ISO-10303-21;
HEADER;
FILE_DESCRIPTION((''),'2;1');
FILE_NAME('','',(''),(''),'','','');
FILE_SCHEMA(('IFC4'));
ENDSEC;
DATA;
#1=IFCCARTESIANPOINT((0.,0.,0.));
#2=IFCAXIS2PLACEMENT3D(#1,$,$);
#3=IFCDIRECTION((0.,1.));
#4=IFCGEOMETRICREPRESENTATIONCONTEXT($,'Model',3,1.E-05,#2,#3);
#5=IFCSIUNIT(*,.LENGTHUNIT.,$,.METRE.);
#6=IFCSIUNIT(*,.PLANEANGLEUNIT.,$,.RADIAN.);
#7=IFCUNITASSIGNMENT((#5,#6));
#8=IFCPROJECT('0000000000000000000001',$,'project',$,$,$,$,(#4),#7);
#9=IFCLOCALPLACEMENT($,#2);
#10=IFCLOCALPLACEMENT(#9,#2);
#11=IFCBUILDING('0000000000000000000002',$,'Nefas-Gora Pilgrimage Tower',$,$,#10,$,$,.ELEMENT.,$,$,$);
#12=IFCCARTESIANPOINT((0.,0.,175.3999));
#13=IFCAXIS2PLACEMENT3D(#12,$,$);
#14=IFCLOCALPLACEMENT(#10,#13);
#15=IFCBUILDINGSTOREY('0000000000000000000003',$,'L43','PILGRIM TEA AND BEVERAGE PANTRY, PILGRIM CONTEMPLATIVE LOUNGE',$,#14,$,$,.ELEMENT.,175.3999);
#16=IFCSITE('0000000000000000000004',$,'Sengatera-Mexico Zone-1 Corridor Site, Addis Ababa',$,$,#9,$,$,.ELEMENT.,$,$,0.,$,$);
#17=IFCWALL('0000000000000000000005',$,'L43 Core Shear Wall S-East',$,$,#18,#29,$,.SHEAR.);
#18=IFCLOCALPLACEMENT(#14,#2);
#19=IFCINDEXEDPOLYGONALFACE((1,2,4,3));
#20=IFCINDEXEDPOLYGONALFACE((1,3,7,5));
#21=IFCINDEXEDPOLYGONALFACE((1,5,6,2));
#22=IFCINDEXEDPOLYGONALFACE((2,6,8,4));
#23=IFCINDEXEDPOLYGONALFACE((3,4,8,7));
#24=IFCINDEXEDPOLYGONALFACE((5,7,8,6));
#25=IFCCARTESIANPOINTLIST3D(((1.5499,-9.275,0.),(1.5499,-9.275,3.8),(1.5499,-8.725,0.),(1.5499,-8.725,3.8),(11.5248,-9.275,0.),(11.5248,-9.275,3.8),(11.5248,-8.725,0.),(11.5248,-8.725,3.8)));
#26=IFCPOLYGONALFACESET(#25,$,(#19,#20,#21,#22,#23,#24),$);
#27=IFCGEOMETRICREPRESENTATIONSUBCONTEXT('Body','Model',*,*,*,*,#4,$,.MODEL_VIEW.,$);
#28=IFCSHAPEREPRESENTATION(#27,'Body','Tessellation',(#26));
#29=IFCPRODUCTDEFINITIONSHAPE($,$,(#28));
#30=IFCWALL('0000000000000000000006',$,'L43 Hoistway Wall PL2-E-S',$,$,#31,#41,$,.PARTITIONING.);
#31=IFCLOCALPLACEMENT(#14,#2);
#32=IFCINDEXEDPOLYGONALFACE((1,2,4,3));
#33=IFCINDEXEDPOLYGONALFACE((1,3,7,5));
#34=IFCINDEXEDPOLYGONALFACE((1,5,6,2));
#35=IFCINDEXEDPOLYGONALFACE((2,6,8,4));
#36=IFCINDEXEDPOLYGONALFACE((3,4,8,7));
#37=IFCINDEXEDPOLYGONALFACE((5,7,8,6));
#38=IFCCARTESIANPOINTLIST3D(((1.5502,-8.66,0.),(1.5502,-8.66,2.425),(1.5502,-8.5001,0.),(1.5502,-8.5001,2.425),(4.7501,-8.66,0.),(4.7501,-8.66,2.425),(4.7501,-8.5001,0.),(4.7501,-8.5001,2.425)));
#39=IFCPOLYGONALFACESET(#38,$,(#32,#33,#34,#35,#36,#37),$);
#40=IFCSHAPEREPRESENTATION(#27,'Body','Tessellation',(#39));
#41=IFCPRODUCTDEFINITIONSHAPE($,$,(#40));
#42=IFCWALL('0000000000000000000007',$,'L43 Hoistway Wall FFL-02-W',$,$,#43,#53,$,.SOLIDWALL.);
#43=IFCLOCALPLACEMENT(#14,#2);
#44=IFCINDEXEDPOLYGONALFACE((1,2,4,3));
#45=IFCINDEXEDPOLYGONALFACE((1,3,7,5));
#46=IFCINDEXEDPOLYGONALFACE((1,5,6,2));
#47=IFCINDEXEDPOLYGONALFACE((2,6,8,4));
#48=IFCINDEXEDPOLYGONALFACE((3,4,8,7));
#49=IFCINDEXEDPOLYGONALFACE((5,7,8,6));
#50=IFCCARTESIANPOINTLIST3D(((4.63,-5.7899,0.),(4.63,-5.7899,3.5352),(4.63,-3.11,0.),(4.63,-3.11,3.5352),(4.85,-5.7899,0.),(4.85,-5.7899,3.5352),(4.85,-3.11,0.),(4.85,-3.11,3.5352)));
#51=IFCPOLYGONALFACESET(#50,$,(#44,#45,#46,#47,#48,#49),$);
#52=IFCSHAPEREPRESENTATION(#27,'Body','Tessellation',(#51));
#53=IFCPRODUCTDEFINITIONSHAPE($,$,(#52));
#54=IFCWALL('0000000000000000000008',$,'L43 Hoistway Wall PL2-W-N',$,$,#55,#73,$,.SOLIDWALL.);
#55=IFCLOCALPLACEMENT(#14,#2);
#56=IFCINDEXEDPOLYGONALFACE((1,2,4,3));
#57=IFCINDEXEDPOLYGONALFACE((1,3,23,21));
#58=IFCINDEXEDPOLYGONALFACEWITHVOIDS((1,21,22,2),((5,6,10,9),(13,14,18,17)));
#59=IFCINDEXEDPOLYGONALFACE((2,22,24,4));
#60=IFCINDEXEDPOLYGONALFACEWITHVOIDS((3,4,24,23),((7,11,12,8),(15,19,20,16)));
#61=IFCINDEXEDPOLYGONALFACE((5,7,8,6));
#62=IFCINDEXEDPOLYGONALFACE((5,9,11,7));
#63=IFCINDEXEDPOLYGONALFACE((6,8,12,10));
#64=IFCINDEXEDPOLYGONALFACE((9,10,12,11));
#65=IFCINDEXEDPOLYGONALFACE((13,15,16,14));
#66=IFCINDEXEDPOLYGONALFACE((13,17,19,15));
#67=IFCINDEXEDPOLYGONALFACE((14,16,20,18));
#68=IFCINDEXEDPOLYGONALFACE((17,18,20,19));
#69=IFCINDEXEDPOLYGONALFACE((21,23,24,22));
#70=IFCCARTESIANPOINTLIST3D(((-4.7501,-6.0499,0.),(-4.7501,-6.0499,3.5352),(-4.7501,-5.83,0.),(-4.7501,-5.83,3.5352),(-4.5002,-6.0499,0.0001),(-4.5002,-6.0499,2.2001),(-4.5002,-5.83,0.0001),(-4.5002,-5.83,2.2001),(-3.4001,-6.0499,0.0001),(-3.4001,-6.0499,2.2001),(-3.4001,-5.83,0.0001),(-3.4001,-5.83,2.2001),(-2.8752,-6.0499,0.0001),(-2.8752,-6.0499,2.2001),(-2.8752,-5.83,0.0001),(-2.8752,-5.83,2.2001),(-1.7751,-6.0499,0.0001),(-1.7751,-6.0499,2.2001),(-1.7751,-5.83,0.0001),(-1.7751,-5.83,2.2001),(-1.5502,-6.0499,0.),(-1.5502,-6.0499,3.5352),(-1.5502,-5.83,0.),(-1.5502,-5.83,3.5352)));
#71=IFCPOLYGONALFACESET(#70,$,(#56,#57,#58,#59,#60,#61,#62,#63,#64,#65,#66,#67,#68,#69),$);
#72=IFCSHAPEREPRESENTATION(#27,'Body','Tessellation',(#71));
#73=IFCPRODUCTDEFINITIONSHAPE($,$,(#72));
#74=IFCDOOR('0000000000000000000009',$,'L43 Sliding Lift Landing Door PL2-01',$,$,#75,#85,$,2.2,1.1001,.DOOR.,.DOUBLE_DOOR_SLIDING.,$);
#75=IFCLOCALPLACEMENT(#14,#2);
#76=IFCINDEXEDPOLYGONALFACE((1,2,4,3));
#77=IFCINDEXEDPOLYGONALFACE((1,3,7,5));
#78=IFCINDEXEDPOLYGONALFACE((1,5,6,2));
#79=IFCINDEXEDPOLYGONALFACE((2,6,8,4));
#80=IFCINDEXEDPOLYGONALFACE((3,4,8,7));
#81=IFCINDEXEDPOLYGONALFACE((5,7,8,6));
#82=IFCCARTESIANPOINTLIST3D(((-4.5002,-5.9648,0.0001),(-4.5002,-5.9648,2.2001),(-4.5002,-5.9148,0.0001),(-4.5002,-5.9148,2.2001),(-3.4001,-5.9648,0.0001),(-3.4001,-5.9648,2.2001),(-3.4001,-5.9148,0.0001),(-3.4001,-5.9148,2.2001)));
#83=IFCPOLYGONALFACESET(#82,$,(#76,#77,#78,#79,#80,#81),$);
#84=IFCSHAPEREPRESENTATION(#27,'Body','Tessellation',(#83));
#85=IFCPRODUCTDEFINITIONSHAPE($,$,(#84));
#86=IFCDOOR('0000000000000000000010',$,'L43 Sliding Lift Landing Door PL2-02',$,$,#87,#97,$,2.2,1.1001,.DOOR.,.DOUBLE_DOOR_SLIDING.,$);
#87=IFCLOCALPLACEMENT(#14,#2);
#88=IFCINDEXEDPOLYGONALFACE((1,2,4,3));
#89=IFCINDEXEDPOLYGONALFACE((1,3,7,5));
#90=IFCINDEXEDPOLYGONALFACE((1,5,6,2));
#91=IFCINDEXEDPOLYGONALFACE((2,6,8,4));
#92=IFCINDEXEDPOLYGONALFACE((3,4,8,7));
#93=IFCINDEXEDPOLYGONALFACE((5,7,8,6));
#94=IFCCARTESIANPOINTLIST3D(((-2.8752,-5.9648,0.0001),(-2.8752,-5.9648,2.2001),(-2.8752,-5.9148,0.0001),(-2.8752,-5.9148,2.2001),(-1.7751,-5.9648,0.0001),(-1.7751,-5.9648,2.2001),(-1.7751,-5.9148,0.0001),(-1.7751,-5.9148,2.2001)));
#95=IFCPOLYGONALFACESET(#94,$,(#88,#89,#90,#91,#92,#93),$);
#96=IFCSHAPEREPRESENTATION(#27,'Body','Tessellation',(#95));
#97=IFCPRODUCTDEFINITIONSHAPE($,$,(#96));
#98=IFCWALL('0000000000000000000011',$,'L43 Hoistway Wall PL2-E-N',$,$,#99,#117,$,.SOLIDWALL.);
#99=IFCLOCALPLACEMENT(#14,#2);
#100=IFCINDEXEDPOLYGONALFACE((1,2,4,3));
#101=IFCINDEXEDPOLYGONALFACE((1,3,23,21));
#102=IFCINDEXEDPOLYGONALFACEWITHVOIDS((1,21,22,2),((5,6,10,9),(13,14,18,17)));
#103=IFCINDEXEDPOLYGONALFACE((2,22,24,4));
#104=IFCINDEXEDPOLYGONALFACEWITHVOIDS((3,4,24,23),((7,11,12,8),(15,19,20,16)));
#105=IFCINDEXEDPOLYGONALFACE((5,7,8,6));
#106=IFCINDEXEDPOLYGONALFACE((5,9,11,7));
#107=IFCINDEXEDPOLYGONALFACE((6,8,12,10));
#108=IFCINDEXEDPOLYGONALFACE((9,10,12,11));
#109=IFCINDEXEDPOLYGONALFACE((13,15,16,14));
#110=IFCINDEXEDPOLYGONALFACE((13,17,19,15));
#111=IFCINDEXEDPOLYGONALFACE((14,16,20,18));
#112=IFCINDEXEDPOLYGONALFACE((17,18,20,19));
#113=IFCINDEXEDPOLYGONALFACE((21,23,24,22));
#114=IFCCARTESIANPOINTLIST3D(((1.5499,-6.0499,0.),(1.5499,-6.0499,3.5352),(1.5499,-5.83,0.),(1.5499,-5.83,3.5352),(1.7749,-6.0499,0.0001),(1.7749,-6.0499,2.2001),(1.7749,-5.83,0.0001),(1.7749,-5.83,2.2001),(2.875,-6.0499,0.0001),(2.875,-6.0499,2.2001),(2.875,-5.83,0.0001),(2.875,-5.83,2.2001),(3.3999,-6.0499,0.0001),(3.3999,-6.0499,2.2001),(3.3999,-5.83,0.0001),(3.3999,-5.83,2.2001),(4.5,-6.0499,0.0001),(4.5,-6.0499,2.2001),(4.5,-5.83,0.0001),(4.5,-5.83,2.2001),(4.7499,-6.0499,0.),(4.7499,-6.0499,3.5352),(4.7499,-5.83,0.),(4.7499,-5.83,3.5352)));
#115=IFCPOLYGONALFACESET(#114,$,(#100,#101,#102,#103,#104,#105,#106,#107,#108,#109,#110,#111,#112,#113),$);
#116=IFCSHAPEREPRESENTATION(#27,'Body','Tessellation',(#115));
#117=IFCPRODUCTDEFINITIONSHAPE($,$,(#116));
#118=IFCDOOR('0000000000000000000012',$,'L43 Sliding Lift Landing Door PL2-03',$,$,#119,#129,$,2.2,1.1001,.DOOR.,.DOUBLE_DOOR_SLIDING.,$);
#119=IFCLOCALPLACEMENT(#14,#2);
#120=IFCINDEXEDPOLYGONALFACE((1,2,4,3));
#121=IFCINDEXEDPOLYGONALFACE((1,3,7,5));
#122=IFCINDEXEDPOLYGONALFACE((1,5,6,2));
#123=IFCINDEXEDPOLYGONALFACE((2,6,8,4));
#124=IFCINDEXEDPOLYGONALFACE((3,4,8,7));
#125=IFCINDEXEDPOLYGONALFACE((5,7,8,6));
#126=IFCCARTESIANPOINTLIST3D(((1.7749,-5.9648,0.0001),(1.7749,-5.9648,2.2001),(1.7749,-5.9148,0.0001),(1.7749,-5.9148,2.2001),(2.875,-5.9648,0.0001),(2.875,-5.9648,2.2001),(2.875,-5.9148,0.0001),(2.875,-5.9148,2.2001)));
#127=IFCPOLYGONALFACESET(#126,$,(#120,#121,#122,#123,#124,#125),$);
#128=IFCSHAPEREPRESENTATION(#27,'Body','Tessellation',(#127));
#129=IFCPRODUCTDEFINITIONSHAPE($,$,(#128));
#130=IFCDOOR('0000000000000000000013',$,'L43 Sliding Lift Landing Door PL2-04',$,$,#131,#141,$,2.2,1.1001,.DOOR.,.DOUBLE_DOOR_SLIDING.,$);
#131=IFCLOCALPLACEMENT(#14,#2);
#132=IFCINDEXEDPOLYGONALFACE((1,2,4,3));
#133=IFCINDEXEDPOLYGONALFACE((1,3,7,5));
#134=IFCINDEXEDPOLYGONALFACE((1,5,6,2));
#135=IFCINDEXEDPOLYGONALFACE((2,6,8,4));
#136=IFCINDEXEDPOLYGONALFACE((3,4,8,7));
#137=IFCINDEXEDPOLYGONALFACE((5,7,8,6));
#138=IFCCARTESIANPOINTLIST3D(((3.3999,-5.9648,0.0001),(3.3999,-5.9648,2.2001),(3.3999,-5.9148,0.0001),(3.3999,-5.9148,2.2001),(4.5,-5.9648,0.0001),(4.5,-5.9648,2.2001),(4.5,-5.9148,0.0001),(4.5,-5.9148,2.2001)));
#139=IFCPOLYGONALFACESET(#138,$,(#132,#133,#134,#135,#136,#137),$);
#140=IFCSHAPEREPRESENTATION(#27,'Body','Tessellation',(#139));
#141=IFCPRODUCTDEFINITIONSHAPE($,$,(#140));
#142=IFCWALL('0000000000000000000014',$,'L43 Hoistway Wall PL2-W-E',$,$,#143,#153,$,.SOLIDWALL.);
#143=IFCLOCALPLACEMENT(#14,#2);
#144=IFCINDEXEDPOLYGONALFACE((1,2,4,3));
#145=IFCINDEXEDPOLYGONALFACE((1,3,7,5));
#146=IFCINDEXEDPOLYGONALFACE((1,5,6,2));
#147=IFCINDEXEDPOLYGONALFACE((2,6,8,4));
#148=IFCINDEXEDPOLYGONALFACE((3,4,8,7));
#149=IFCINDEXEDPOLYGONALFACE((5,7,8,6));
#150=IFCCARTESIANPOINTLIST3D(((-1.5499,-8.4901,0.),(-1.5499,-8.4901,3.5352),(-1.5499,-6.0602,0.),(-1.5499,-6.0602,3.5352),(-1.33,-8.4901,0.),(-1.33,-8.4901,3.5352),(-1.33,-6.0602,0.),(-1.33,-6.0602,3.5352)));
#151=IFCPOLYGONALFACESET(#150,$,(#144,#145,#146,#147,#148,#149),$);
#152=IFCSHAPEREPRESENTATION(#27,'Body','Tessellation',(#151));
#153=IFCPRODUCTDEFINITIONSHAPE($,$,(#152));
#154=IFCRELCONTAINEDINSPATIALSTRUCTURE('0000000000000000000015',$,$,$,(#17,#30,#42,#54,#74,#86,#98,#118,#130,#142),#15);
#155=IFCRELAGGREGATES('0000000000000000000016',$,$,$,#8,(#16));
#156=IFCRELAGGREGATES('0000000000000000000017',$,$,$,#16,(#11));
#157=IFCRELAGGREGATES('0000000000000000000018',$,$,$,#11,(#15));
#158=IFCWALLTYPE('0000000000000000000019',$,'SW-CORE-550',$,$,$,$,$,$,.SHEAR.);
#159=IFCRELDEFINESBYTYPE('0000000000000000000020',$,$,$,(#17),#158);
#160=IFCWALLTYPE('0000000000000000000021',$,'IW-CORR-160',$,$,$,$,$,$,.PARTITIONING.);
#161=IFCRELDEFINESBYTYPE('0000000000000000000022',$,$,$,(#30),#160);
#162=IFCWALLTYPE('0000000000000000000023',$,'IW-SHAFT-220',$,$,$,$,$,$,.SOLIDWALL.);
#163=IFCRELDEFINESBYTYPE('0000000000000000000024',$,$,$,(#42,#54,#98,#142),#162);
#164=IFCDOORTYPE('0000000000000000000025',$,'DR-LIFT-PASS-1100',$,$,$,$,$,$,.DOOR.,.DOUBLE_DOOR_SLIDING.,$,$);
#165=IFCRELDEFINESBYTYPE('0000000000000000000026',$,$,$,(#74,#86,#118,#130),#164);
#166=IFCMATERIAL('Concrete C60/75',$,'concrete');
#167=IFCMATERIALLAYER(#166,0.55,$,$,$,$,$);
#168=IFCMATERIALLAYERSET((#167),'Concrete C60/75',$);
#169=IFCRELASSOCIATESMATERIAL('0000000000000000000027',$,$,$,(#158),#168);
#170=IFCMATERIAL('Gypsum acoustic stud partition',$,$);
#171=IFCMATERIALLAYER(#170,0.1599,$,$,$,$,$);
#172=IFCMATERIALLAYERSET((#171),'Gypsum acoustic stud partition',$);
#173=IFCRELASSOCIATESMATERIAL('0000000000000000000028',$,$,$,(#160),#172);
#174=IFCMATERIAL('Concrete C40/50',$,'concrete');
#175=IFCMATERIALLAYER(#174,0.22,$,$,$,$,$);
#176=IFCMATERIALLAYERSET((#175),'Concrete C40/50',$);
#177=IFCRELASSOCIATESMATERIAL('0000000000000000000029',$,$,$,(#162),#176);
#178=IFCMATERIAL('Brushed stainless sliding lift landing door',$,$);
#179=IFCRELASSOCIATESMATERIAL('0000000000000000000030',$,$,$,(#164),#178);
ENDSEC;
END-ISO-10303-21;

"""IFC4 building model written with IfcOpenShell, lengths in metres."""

from ifc_helpers import new_model, si_unit, direction, frame, frame_2d, origin, place, context, subcontext, project, spatial, rectangle, extrude, source, transform, mapped, material, layer, layer_set, type_object, element, fill, save


model = new_model("IFC4")

# Units and contexts
model_context = context("Model", 3, precision=1e-05, world=origin(), true_north=direction((0.0, 1.0)))
body_context = subcontext(model_context, "Body", "Model", "MODEL_VIEW")
ifc_project = project(units=[si_unit("LENGTHUNIT", "METRE"), si_unit("PLANEANGLEUNIT", "RADIAN")], contexts=[model_context])

# Site, building, storey
site_placement = place(None, origin())
site = spatial("IfcSite", under=ifc_project, at=site_placement, Name="Sengatera-Mexico Zone-1 Corridor Site, Addis Ababa", CompositionType="ELEMENT", RefElevation=0.0)
building_placement = place(site_placement, origin())
building = spatial("IfcBuilding", under=site, at=building_placement, Name="Nefas-Gora Pilgrimage Tower", CompositionType="ELEMENT")
storey_placement = place(building_placement, frame((0.0, 0.0, 175.3999)))
storey = spatial("IfcBuildingStorey", under=building, at=storey_placement, Name="L43", Description="PILGRIM TEA AND BEVERAGE PANTRY, PILGRIM CONTEMPLATIVE LOUNGE", CompositionType="ELEMENT", Elevation=175.3999)

# Walls
ifc_material_1 = material(Name="Concrete C60/75", Category="concrete")
ifc_layer_1 = layer(ifc_material_1, 0.55)
ifc_layer_set_1 = layer_set([ifc_layer_1], Name="Concrete C60/75")
wall_type_1 = type_object("IfcWallType", Name="SW-CORE-550", PredefinedType="SHEAR", material=ifc_layer_set_1)
shared_shape_1 = source(origin(), body_context, "Body", "SweptSolid", [
    extrude(rectangle(XDim=9.9749, YDim=0.55, at=frame_2d((4.9873, 0.0))), origin(), (0.0, 0.0, 1.0), 3.8),
])
wall_1_placement = place(storey_placement, frame((1.55, -9.0, 0.0), z_axis=(0.0, 0.0, 1.0), x_axis=(1.0, 0.0, 0.0)))
element("IfcWall", 1, at=wall_1_placement, inside=storey, type_object=wall_type_1, Name="L43 Core Shear Wall S-East", PredefinedType="SHEAR", context=body_context, shape_type="MappedRepresentation", body=[
    mapped(shared_shape_1, transform((0.0, 0.0, 0.0), x_axis=(1.0, 0.0, 0.0), y_axis=(0.0, 1.0, 0.0), z_axis=(0.0, 0.0, 1.0), scale=1.0)),
])
ifc_material_2 = material(Name="Gypsum acoustic stud partition")
ifc_layer_2 = layer(ifc_material_2, 0.1599)
ifc_layer_set_2 = layer_set([ifc_layer_2], Name="Gypsum acoustic stud partition")
wall_type_2 = type_object("IfcWallType", Name="IW-CORR-160", PredefinedType="PARTITIONING", material=ifc_layer_set_2)
shared_shape_2 = source(origin(), body_context, "Body", "SweptSolid", [
    extrude(rectangle(XDim=3.2, YDim=0.1599, at=frame_2d((1.6001, 0.0))), origin(), (0.0, 0.0, 1.0), 2.425),
])
wall_2_placement = place(storey_placement, frame((1.55, -8.5801, 0.0), z_axis=(0.0, 0.0, 1.0), x_axis=(1.0, 0.0, 0.0)))
element("IfcWall", 2, at=wall_2_placement, inside=storey, type_object=wall_type_2, Name="L43 Hoistway Wall PL2-E-S", PredefinedType="PARTITIONING", context=body_context, shape_type="MappedRepresentation", body=[
    mapped(shared_shape_2, transform((0.0, 0.0, 0.0), x_axis=(1.0, 0.0, 0.0), y_axis=(0.0, 1.0, 0.0), z_axis=(0.0, 0.0, 1.0), scale=1.0)),
])
ifc_material_3 = material(Name="Concrete C40/50", Category="concrete")
ifc_layer_3 = layer(ifc_material_3, 0.22)
ifc_layer_set_3 = layer_set([ifc_layer_3], Name="Concrete C40/50")
wall_type_3 = type_object("IfcWallType", Name="IW-SHAFT-220", PredefinedType="SOLIDWALL", material=ifc_layer_set_3)
shared_shape_3 = source(origin(), body_context, "Body", "SweptSolid", [
    extrude(rectangle(XDim=2.6799, YDim=0.22, at=frame_2d((1.3398, 0.0))), origin(), (0.0, 0.0, 1.0), 3.5352),
])
wall_3_placement = place(storey_placement, frame((4.74, -3.1101, 0.0), z_axis=(0.0, 0.0, 1.0), x_axis=(0.0, -1.0, 0.0)))
element("IfcWall", 3, at=wall_3_placement, inside=storey, type_object=wall_type_3, Name="L43 Hoistway Wall FFL-02-W", PredefinedType="SOLIDWALL", context=body_context, shape_type="MappedRepresentation", body=[
    mapped(shared_shape_3, transform((0.0, 0.0, 0.0), x_axis=(1.0, 0.0, 0.0), y_axis=(0.0, 1.0, 0.0), z_axis=(0.0, 0.0, 1.0), scale=1.0)),
])

# Walls, openings, doors
shared_shape_4 = source(origin(), body_context, "Body", "SweptSolid", [
    extrude(rectangle(XDim=3.2, YDim=0.22, at=frame_2d((1.6001, 0.0))), origin(), (0.0, 0.0, 1.0), 3.5352),
])
wall_4_placement = place(storey_placement, frame((-1.55, -5.9399, 0.0), z_axis=(0.0, 0.0, 1.0), x_axis=(-1.0, 0.0, 0.0)))
wall_4 = element("IfcWall", 4, at=wall_4_placement, inside=storey, type_object=wall_type_3, Name="L43 Hoistway Wall PL2-W-N", PredefinedType="SOLIDWALL", context=body_context, shape_type="MappedRepresentation", body=[
    mapped(shared_shape_4, transform((0.0, 0.0, 0.0), x_axis=(1.0, 0.0, 0.0), y_axis=(0.0, 1.0, 0.0), z_axis=(0.0, 0.0, 1.0), scale=1.0)),
])
opening_1_placement = place(wall_4_placement, frame((1.8501, 0.0, 0.0)))
opening_1 = element("IfcOpeningElement", 5, at=opening_1_placement, cuts=wall_4, PredefinedType="OPENING", context=body_context, shape_type="SweptSolid", body=[
    extrude(rectangle(XDim=1.1001, YDim=2.2, at=frame_2d((0.55, 1.1001))), frame((0.0, 0.1199, 0.0), z_axis=(0.0, -1.0, 0.0), x_axis=(1.0, 0.0, 0.0)), (0.0, 0.0, 1.0), 0.24),
])
opening_2_placement = place(wall_4_placement, frame((0.2251, 0.0, 0.0)))
opening_2 = element("IfcOpeningElement", 6, at=opening_2_placement, cuts=wall_4, PredefinedType="OPENING", context=body_context, shape_type="SweptSolid", body=[
    extrude(rectangle(XDim=1.1001, YDim=2.2, at=frame_2d((0.55, 1.1001))), frame((0.0, 0.1199, 0.0), z_axis=(0.0, -1.0, 0.0), x_axis=(1.0, 0.0, 0.0)), (0.0, 0.0, 1.0), 0.24),
])
ifc_material_4 = material(Name="Brushed stainless sliding lift landing door")
door_type_1 = type_object("IfcDoorType", Name="DR-LIFT-PASS-1100", OperationType="DOUBLE_DOOR_SLIDING", PredefinedType="DOOR", material=ifc_material_4)
shared_shape_5 = source(origin(), body_context, "Body", "SweptSolid", [
    extrude(rectangle(XDim=1.1001, YDim=2.2, at=frame_2d((0.55, 1.1001))), frame((0.0, 0.0249, 0.0), z_axis=(0.0, -1.0, 0.0), x_axis=(1.0, 0.0, 0.0)), (0.0, 0.0, 1.0), 0.05),
])
door_1_placement = place(opening_1_placement, origin())
door_1 = element("IfcDoor", 7, at=door_1_placement, inside=storey, type_object=door_type_1, Name="L43 Sliding Lift Landing Door PL2-01", OperationType="DOUBLE_DOOR_SLIDING", OverallHeight=2.2, OverallWidth=1.1001, PredefinedType="DOOR", context=body_context, shape_type="MappedRepresentation", body=[
    mapped(shared_shape_5, transform((0.0, 0.0, 0.0), x_axis=(1.0, 0.0, 0.0), y_axis=(0.0, 1.0, 0.0), z_axis=(0.0, 0.0, 1.0), scale=1.0)),
])
fill(opening_1, door_1)
door_2_placement = place(opening_2_placement, origin())
door_2 = element("IfcDoor", 8, at=door_2_placement, inside=storey, type_object=door_type_1, Name="L43 Sliding Lift Landing Door PL2-02", OperationType="DOUBLE_DOOR_SLIDING", OverallHeight=2.2, OverallWidth=1.1001, PredefinedType="DOOR", context=body_context, shape_type="MappedRepresentation", body=[
    mapped(shared_shape_5, transform((0.0, 0.0, 0.0), x_axis=(1.0, 0.0, 0.0), y_axis=(0.0, 1.0, 0.0), z_axis=(0.0, 0.0, 1.0), scale=1.0)),
])
fill(opening_2, door_2)
wall_5_placement = place(storey_placement, frame((4.75, -5.9399, 0.0), z_axis=(0.0, 0.0, 1.0), x_axis=(-1.0, 0.0, 0.0)))
wall_5 = element("IfcWall", 9, at=wall_5_placement, inside=storey, type_object=wall_type_3, Name="L43 Hoistway Wall PL2-E-N", PredefinedType="SOLIDWALL", context=body_context, shape_type="MappedRepresentation", body=[
    mapped(shared_shape_4, transform((0.0, 0.0, 0.0), x_axis=(1.0, 0.0, 0.0), y_axis=(0.0, 1.0, 0.0), z_axis=(0.0, 0.0, 1.0), scale=1.0)),
])
opening_3_placement = place(wall_5_placement, frame((1.875, 0.0, 0.0)))
opening_3 = element("IfcOpeningElement", 10, at=opening_3_placement, cuts=wall_5, PredefinedType="OPENING", context=body_context, shape_type="SweptSolid", body=[
    extrude(rectangle(XDim=1.1001, YDim=2.2, at=frame_2d((0.55, 1.1001))), frame((0.0, 0.1199, 0.0), z_axis=(0.0, -1.0, 0.0), x_axis=(1.0, 0.0, 0.0)), (0.0, 0.0, 1.0), 0.24),
])
opening_4_placement = place(wall_5_placement, frame((0.25, 0.0, 0.0)))
opening_4 = element("IfcOpeningElement", 11, at=opening_4_placement, cuts=wall_5, PredefinedType="OPENING", context=body_context, shape_type="SweptSolid", body=[
    extrude(rectangle(XDim=1.1001, YDim=2.2, at=frame_2d((0.55, 1.1001))), frame((0.0, 0.1199, 0.0), z_axis=(0.0, -1.0, 0.0), x_axis=(1.0, 0.0, 0.0)), (0.0, 0.0, 1.0), 0.24),
])
door_3_placement = place(opening_3_placement, origin())
door_3 = element("IfcDoor", 12, at=door_3_placement, inside=storey, type_object=door_type_1, Name="L43 Sliding Lift Landing Door PL2-03", OperationType="DOUBLE_DOOR_SLIDING", OverallHeight=2.2, OverallWidth=1.1001, PredefinedType="DOOR", context=body_context, shape_type="MappedRepresentation", body=[
    mapped(shared_shape_5, transform((0.0, 0.0, 0.0), x_axis=(1.0, 0.0, 0.0), y_axis=(0.0, 1.0, 0.0), z_axis=(0.0, 0.0, 1.0), scale=1.0)),
])
fill(opening_3, door_3)
door_4_placement = place(opening_4_placement, origin())
door_4 = element("IfcDoor", 13, at=door_4_placement, inside=storey, type_object=door_type_1, Name="L43 Sliding Lift Landing Door PL2-04", OperationType="DOUBLE_DOOR_SLIDING", OverallHeight=2.2, OverallWidth=1.1001, PredefinedType="DOOR", context=body_context, shape_type="MappedRepresentation", body=[
    mapped(shared_shape_5, transform((0.0, 0.0, 0.0), x_axis=(1.0, 0.0, 0.0), y_axis=(0.0, 1.0, 0.0), z_axis=(0.0, 0.0, 1.0), scale=1.0)),
])
fill(opening_4, door_4)

# Wall
shared_shape_6 = source(origin(), body_context, "Body", "SweptSolid", [
    extrude(rectangle(XDim=2.4299, YDim=0.22, at=frame_2d((1.2148, 0.0))), origin(), (0.0, 0.0, 1.0), 3.5352),
])
for number, where, z_axis, x_axis, name in (
    (14, (-1.4399, -8.49, 0.0), (0.0, 0.0, 1.0), (0.0, 1.0, 0.0), "L43 Hoistway Wall PL2-W-E"),
):
    element("IfcWall", number, at=place(storey_placement, frame(where, z_axis=z_axis, x_axis=x_axis)), inside=storey, type_object=wall_type_3, Name=name, PredefinedType="SOLIDWALL", context=body_context, shape_type="MappedRepresentation", body=[
        mapped(shared_shape_6, transform((0.0, 0.0, 0.0), x_axis=(1.0, 0.0, 0.0), y_axis=(0.0, 1.0, 0.0), z_axis=(0.0, 0.0, 1.0), scale=1.0)),
    ])

save(model, "model.ifc")
